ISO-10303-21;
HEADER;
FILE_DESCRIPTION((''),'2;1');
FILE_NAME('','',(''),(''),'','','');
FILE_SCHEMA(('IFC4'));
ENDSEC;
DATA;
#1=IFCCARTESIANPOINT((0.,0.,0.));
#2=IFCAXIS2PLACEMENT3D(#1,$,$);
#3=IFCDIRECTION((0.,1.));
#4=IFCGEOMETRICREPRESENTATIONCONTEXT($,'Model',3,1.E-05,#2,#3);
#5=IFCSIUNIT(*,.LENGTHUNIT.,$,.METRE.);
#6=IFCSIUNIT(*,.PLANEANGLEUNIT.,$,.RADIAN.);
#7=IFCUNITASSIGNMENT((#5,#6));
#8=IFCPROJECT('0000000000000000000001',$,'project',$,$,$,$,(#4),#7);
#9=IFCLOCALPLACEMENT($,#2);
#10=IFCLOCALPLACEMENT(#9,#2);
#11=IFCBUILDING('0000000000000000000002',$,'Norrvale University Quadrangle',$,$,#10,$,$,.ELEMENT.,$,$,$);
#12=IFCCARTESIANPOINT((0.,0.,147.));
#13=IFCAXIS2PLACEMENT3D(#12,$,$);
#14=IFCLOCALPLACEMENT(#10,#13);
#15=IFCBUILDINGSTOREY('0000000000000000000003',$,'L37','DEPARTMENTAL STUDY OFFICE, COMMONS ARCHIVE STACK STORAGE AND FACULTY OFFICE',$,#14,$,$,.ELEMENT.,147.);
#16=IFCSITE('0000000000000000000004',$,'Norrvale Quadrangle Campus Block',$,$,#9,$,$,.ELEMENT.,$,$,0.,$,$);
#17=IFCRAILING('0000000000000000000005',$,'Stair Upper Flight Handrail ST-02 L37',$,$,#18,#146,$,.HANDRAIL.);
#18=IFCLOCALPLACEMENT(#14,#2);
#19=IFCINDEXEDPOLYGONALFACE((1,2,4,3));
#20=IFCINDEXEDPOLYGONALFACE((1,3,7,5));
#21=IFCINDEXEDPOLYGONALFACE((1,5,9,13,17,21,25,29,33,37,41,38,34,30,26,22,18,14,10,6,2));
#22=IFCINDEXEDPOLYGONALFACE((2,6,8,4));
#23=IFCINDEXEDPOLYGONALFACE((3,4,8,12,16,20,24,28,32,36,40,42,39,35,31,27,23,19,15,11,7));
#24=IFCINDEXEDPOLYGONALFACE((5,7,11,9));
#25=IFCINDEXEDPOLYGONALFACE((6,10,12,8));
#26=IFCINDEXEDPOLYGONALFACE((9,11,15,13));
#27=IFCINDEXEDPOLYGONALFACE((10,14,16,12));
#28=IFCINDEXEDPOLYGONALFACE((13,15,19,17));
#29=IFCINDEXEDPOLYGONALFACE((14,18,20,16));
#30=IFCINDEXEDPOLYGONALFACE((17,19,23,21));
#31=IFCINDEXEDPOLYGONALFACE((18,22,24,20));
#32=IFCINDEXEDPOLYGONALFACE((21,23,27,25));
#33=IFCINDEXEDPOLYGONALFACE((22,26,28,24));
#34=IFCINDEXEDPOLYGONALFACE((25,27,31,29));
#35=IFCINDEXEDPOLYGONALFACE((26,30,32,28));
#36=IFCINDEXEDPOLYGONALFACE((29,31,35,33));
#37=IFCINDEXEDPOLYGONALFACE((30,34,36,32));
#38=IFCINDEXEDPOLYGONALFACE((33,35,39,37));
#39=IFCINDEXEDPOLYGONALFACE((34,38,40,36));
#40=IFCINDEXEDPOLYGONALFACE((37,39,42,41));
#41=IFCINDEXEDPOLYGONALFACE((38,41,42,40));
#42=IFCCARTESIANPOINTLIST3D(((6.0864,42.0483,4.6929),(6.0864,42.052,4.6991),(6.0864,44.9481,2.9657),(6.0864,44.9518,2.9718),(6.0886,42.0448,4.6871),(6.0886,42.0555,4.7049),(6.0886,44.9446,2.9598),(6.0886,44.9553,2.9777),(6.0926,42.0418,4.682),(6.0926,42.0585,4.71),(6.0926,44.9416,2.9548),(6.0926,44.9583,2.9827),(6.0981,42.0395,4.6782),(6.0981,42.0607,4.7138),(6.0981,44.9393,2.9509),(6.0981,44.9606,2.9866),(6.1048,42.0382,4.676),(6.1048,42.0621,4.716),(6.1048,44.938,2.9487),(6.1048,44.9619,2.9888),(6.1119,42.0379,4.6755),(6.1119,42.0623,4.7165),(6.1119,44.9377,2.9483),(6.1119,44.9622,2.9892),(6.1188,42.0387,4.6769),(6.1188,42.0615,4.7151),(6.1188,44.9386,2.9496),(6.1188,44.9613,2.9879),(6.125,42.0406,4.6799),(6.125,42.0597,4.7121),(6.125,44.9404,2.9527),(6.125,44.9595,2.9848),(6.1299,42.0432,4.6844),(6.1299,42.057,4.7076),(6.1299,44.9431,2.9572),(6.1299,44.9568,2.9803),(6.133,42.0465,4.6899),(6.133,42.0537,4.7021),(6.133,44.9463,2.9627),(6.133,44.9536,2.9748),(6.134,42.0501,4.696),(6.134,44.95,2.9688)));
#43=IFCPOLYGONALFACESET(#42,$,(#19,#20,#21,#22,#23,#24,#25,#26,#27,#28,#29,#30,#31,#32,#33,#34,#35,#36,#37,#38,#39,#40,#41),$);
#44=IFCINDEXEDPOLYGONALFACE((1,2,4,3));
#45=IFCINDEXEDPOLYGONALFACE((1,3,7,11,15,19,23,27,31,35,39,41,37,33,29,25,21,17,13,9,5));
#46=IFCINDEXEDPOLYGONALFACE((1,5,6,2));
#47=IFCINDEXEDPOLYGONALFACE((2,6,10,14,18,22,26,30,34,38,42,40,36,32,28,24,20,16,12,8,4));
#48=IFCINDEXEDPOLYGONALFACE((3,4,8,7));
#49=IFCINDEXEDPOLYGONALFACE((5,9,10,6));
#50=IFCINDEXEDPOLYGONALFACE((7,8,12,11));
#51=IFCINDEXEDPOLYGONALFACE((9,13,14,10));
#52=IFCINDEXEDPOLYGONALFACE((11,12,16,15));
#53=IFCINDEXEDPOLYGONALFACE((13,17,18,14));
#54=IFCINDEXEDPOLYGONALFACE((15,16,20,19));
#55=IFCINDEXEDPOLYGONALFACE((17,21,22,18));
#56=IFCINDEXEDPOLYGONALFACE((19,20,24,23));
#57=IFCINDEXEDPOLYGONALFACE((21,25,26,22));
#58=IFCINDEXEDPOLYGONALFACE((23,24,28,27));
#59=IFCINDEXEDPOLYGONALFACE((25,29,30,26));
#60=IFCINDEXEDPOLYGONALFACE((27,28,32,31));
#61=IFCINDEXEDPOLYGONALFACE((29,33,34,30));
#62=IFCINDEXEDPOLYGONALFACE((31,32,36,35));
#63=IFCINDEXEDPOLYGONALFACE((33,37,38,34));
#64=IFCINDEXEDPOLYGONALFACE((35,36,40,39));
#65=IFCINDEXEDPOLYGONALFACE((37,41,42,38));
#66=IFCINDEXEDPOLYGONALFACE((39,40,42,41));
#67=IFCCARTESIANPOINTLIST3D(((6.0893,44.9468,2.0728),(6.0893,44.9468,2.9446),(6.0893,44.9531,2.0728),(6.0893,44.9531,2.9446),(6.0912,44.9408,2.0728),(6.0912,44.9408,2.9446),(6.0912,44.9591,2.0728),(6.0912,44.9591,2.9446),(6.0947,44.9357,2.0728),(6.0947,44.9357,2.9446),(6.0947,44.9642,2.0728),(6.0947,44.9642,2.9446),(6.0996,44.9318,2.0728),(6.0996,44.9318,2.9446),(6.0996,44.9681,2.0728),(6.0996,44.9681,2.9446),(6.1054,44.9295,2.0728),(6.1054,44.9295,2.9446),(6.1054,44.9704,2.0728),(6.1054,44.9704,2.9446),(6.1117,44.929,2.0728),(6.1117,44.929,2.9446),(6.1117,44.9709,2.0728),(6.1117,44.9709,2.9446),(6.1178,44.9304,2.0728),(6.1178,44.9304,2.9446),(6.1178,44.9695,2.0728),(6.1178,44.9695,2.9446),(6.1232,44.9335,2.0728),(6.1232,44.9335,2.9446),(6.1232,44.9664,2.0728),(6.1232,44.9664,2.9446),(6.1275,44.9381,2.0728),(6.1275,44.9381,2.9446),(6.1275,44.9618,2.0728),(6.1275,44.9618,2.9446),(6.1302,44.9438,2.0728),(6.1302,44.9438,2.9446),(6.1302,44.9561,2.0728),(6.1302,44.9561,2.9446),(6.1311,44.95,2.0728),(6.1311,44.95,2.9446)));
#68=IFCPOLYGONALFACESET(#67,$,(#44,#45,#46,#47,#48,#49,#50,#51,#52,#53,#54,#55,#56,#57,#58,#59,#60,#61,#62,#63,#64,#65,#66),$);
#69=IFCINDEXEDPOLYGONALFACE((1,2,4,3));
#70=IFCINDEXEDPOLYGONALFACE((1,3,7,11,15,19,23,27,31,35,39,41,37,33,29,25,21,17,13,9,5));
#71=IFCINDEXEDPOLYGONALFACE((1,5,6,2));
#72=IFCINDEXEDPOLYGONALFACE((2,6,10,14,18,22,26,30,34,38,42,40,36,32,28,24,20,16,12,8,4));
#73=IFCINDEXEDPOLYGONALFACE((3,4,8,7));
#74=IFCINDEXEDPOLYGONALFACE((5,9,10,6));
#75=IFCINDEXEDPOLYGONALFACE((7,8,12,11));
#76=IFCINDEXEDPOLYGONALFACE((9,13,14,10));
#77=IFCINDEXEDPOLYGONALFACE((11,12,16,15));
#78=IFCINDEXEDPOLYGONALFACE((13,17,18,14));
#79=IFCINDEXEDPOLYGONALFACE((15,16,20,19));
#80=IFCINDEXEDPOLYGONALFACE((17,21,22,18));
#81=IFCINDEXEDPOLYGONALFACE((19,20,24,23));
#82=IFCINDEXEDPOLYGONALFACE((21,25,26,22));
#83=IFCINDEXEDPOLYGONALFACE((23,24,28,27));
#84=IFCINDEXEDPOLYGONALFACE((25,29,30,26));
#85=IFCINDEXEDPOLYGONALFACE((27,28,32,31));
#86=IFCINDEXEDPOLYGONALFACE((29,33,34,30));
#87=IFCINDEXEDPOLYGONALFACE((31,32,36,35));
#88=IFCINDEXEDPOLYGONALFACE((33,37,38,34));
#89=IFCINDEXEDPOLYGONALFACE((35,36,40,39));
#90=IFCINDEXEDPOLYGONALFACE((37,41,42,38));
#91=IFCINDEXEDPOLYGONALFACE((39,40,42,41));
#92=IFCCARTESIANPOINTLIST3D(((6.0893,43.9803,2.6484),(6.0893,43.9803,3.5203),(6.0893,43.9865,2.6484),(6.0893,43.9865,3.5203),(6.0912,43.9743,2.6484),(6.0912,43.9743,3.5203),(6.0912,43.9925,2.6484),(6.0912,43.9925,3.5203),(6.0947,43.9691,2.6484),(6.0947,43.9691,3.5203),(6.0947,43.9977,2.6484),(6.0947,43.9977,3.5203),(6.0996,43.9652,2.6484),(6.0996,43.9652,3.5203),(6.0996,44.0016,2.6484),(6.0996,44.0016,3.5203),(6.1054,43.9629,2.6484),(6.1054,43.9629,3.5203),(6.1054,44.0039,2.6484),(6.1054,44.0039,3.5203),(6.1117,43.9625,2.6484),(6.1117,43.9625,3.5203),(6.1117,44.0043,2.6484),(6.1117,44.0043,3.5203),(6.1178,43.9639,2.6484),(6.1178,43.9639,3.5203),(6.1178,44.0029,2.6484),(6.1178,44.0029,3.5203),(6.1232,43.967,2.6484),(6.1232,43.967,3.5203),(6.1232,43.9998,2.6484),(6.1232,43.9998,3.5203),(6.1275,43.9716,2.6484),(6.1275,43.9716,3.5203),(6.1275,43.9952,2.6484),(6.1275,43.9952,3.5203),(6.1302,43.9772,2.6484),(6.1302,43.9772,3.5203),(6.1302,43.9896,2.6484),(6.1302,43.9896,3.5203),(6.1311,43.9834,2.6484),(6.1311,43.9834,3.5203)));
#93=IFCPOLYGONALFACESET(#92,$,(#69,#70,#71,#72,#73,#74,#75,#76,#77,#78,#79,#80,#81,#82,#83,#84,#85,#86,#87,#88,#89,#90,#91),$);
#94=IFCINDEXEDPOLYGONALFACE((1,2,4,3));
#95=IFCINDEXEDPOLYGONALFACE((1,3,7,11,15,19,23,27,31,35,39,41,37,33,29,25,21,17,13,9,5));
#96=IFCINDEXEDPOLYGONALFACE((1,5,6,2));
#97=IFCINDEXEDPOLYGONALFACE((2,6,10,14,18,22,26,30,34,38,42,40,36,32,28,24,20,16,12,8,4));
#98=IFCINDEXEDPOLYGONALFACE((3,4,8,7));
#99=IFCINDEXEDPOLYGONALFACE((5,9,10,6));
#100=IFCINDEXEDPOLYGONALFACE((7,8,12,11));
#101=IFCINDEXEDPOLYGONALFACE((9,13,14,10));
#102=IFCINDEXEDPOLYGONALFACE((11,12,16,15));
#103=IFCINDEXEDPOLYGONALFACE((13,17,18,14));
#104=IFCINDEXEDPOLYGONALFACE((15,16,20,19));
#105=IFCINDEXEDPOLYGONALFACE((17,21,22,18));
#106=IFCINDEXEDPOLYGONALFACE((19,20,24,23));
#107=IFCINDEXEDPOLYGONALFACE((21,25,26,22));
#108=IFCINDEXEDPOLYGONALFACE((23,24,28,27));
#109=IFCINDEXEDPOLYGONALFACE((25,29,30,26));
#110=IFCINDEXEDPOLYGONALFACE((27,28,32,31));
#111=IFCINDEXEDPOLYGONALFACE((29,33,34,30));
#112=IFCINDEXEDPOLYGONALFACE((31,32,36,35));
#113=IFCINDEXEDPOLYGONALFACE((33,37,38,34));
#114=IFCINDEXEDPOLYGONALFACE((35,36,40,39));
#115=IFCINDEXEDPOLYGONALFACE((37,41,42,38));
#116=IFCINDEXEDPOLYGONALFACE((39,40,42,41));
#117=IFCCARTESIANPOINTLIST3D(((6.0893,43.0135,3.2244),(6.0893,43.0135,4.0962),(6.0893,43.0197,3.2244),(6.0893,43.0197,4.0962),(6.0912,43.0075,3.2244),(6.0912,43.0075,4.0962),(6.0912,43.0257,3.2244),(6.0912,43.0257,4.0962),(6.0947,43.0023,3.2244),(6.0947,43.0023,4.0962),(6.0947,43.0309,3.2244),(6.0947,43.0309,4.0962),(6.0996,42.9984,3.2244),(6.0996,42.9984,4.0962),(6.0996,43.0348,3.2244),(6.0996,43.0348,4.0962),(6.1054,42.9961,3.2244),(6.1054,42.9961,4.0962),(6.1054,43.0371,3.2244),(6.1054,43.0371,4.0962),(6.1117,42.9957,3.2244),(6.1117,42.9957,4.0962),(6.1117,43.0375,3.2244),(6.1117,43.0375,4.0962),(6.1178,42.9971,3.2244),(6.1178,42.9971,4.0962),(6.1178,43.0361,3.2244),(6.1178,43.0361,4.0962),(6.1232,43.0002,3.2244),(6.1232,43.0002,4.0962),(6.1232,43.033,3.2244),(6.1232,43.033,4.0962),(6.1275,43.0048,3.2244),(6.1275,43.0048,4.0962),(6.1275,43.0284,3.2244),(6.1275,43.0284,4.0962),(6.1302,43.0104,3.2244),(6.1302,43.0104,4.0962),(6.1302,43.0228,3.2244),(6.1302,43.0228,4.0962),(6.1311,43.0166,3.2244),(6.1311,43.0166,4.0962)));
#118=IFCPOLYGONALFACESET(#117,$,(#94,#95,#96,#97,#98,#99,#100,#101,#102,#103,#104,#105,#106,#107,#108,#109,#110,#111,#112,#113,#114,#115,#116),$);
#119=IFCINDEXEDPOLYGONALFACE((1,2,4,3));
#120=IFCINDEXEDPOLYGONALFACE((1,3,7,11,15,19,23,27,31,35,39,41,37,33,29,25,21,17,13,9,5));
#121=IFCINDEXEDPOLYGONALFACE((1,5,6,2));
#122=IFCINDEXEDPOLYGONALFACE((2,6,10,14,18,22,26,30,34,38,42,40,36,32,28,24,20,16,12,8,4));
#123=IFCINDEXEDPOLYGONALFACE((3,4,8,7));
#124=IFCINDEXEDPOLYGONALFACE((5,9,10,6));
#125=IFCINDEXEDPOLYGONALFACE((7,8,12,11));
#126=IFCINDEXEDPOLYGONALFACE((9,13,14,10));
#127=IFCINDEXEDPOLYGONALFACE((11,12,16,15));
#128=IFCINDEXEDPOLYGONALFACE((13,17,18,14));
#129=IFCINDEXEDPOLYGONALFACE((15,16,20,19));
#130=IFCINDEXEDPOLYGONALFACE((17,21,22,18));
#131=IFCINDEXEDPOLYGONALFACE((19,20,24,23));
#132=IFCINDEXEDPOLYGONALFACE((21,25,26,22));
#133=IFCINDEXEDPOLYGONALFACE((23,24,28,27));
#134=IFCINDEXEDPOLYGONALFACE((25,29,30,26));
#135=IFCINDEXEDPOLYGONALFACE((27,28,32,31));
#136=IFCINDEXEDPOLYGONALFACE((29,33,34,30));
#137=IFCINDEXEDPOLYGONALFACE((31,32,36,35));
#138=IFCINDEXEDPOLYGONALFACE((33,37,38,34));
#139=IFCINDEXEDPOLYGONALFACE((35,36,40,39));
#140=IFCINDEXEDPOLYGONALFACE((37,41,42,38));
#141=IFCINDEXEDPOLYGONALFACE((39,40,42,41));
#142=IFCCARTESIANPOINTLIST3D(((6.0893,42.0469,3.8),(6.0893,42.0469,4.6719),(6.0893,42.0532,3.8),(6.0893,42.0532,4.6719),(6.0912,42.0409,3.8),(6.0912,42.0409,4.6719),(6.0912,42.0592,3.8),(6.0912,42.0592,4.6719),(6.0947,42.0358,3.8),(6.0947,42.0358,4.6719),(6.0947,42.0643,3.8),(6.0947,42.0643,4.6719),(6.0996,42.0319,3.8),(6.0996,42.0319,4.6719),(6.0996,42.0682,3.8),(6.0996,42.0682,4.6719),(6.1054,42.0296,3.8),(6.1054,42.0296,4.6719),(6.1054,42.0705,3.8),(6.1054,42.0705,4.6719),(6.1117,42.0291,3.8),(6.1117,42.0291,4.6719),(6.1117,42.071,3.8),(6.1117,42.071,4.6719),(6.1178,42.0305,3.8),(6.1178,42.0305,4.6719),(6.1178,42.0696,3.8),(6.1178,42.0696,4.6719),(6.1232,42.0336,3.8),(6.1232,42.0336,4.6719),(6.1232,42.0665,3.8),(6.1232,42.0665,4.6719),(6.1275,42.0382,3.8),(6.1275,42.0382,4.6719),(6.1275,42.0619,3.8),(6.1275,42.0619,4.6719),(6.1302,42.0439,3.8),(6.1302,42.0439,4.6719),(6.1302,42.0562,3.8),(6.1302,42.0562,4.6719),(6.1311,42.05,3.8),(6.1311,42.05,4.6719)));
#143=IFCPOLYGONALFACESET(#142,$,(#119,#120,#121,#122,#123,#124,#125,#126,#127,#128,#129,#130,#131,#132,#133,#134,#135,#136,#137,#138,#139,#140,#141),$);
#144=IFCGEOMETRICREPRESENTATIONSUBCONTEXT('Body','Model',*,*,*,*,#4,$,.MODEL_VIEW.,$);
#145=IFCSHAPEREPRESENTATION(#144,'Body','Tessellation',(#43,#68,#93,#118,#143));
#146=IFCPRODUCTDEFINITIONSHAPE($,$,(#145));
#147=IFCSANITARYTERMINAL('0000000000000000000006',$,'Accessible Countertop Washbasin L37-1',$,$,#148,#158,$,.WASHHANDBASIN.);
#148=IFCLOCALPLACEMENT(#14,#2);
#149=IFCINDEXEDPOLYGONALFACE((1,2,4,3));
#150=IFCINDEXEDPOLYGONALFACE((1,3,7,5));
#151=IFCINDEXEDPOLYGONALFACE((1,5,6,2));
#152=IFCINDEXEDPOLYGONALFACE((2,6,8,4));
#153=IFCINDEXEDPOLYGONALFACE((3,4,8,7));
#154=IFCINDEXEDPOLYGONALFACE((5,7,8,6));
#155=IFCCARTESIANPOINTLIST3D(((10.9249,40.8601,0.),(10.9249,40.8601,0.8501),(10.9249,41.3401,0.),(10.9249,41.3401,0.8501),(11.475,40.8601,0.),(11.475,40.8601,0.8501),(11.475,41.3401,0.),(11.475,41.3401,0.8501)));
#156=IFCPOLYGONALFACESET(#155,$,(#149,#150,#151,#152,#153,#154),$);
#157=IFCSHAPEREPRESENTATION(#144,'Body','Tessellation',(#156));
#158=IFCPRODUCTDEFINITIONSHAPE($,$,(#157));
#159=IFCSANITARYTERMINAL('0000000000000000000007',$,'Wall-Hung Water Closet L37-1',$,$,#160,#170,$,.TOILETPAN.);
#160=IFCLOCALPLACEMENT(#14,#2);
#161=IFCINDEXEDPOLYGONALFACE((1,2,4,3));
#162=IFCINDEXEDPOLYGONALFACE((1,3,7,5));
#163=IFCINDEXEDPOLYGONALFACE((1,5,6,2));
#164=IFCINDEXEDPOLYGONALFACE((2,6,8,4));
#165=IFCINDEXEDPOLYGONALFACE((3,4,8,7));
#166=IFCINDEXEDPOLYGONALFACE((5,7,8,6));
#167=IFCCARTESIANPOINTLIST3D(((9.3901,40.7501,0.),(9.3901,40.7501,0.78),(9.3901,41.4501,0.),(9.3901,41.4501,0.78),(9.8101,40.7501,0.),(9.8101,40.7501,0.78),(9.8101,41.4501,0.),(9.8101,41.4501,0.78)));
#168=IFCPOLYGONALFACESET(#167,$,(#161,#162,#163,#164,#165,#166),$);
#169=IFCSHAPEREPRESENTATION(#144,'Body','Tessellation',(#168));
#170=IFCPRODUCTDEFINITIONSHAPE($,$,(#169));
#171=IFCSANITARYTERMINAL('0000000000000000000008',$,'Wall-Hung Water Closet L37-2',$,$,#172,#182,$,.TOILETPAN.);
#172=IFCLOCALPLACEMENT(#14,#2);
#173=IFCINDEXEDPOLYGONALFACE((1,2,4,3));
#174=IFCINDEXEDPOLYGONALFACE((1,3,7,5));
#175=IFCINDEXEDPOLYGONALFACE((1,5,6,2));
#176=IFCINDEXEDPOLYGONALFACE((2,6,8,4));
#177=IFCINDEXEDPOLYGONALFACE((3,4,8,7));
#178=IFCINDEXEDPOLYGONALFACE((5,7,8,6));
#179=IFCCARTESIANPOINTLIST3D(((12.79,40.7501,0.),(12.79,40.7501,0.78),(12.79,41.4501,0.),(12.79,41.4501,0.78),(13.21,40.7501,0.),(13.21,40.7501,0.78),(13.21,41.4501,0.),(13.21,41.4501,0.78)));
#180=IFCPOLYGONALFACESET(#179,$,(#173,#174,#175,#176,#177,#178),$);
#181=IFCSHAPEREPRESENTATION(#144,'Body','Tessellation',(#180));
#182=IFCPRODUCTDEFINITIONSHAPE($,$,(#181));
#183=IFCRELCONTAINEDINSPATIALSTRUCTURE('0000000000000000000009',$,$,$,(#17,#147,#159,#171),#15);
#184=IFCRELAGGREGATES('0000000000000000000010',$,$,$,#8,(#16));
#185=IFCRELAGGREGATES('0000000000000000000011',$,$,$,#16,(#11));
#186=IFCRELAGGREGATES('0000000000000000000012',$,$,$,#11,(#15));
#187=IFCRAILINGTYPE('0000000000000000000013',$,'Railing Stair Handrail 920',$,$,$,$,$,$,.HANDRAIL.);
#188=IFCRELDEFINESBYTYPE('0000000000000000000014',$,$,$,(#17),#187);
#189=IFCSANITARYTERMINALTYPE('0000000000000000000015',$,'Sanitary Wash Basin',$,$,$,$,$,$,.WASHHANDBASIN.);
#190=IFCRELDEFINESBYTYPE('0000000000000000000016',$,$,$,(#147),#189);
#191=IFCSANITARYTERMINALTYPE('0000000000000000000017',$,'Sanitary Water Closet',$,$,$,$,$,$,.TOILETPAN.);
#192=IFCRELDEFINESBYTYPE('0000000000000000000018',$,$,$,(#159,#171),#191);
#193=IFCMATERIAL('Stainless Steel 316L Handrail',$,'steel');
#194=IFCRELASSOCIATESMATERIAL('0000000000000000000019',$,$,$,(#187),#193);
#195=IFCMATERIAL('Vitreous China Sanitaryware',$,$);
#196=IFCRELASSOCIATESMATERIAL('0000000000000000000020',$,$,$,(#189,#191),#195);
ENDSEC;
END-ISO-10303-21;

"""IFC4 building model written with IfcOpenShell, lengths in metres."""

from ifc_helpers import new_model, si_unit, direction, frame, origin, origin_2d, place, context, subcontext, project, spatial, rectangle, circle, extrude, material, type_object, element, save


model = new_model("IFC4")

# Units and contexts
model_context = context("Model", 3, precision=1e-05, world=origin(), true_north=direction((0.0, 1.0)))
body_context = subcontext(model_context, "Body", "Model", "MODEL_VIEW")
ifc_project = project(units=[si_unit("LENGTHUNIT", "METRE"), si_unit("PLANEANGLEUNIT", "RADIAN")], contexts=[model_context])

# Site, building, storey
site_placement = place(None, origin())
site = spatial("IfcSite", under=ifc_project, at=site_placement, Name="Norrvale Quadrangle Campus Block", CompositionType="ELEMENT", RefElevation=0.0)
building_placement = place(site_placement, origin())
building = spatial("IfcBuilding", under=site, at=building_placement, Name="Norrvale University Quadrangle", CompositionType="ELEMENT")
storey_placement = place(building_placement, frame((0.0, 0.0, 147.0)))
storey = spatial("IfcBuildingStorey", under=building, at=storey_placement, Name="L37", Description="DEPARTMENTAL STUDY OFFICE, COMMONS ARCHIVE STACK STORAGE AND FACULTY OFFICE", CompositionType="ELEMENT", Elevation=147.0)

# Railing
ifc_material_1 = material(Name="Stainless Steel 316L Handrail", Category="steel")
railing_type_1 = type_object("IfcRailingType", Name="Railing Stair Handrail 920", PredefinedType="HANDRAIL", material=ifc_material_1)
railing_1_placement = place(storey_placement, frame((6.1101, 44.95, 2.0728)))
element("IfcRailing", 1, at=railing_1_placement, inside=storey, type_object=railing_type_1, Name="Stair Upper Flight Handrail ST-02 L37", PredefinedType="HANDRAIL", context=body_context, shape_type="SweptSolid", body=[
    extrude(circle(Radius=0.0239, at=origin_2d()), frame((0.0, 0.0, 0.896), z_axis=(0.0, -0.859141, 0.511738), x_axis=(1.0, 0.0, 0.0)), (0.0, 0.0, 1.0), 3.3752),
    extrude(circle(Radius=0.021, at=origin_2d()), origin(), (0.0, 0.0, 1.0), 0.8718),
    extrude(circle(Radius=0.021, at=origin_2d()), frame((0.0, -0.9666, 0.5757)), (0.0, 0.0, 1.0), 0.8718),
    extrude(circle(Radius=0.021, at=origin_2d()), frame((0.0, -1.9333, 1.1516)), (0.0, 0.0, 1.0), 0.8718),
    extrude(circle(Radius=0.021, at=origin_2d()), frame((0.0, -2.8999, 1.7273)), (0.0, 0.0, 1.0), 0.8718),
])

# Sanitary terminals
ifc_material_2 = material(Name="Vitreous China Sanitaryware")
sanitary_terminal_type_1 = type_object("IfcSanitaryTerminalType", Name="Sanitary Wash Basin", PredefinedType="WASHHANDBASIN", material=ifc_material_2)
sanitary_terminal_placement = place(storey_placement, frame((11.2, 41.1001, 0.0), z_axis=(0.0, 0.0, 1.0), x_axis=(1.0, 0.0, 0.0)))
element("IfcSanitaryTerminal", 2, at=sanitary_terminal_placement, inside=storey, type_object=sanitary_terminal_type_1, Name="Accessible Countertop Washbasin L37-1", PredefinedType="WASHHANDBASIN", context=body_context, shape_type="SweptSolid", body=[
    extrude(rectangle(XDim=0.55, YDim=0.48, at=origin_2d()), origin(), (0.0, 0.0, 1.0), 0.8501),
])
sanitary_terminal_type_2 = type_object("IfcSanitaryTerminalType", Name="Sanitary Water Closet", PredefinedType="TOILETPAN", material=ifc_material_2)
for number, where, z_axis, x_axis, name in (
    (3, (9.6001, 41.1001, 0.0), (0.0, 0.0, 1.0), (1.0, 0.0, 0.0), "Wall-Hung Water Closet L37-1"),
    (4, (13.0, 41.1001, 0.0), (0.0, 0.0, 1.0), (1.0, 0.0, 0.0), "Wall-Hung Water Closet L37-2"),
):
    element("IfcSanitaryTerminal", number, at=place(storey_placement, frame(where, z_axis=z_axis, x_axis=x_axis)), inside=storey, type_object=sanitary_terminal_type_2, Name=name, PredefinedType="TOILETPAN", context=body_context, shape_type="SweptSolid", body=[
        extrude(rectangle(XDim=0.4199, YDim=0.7, at=origin_2d()), origin(), (0.0, 0.0, 1.0), 0.78),
    ])

save(model, "model.ifc")
